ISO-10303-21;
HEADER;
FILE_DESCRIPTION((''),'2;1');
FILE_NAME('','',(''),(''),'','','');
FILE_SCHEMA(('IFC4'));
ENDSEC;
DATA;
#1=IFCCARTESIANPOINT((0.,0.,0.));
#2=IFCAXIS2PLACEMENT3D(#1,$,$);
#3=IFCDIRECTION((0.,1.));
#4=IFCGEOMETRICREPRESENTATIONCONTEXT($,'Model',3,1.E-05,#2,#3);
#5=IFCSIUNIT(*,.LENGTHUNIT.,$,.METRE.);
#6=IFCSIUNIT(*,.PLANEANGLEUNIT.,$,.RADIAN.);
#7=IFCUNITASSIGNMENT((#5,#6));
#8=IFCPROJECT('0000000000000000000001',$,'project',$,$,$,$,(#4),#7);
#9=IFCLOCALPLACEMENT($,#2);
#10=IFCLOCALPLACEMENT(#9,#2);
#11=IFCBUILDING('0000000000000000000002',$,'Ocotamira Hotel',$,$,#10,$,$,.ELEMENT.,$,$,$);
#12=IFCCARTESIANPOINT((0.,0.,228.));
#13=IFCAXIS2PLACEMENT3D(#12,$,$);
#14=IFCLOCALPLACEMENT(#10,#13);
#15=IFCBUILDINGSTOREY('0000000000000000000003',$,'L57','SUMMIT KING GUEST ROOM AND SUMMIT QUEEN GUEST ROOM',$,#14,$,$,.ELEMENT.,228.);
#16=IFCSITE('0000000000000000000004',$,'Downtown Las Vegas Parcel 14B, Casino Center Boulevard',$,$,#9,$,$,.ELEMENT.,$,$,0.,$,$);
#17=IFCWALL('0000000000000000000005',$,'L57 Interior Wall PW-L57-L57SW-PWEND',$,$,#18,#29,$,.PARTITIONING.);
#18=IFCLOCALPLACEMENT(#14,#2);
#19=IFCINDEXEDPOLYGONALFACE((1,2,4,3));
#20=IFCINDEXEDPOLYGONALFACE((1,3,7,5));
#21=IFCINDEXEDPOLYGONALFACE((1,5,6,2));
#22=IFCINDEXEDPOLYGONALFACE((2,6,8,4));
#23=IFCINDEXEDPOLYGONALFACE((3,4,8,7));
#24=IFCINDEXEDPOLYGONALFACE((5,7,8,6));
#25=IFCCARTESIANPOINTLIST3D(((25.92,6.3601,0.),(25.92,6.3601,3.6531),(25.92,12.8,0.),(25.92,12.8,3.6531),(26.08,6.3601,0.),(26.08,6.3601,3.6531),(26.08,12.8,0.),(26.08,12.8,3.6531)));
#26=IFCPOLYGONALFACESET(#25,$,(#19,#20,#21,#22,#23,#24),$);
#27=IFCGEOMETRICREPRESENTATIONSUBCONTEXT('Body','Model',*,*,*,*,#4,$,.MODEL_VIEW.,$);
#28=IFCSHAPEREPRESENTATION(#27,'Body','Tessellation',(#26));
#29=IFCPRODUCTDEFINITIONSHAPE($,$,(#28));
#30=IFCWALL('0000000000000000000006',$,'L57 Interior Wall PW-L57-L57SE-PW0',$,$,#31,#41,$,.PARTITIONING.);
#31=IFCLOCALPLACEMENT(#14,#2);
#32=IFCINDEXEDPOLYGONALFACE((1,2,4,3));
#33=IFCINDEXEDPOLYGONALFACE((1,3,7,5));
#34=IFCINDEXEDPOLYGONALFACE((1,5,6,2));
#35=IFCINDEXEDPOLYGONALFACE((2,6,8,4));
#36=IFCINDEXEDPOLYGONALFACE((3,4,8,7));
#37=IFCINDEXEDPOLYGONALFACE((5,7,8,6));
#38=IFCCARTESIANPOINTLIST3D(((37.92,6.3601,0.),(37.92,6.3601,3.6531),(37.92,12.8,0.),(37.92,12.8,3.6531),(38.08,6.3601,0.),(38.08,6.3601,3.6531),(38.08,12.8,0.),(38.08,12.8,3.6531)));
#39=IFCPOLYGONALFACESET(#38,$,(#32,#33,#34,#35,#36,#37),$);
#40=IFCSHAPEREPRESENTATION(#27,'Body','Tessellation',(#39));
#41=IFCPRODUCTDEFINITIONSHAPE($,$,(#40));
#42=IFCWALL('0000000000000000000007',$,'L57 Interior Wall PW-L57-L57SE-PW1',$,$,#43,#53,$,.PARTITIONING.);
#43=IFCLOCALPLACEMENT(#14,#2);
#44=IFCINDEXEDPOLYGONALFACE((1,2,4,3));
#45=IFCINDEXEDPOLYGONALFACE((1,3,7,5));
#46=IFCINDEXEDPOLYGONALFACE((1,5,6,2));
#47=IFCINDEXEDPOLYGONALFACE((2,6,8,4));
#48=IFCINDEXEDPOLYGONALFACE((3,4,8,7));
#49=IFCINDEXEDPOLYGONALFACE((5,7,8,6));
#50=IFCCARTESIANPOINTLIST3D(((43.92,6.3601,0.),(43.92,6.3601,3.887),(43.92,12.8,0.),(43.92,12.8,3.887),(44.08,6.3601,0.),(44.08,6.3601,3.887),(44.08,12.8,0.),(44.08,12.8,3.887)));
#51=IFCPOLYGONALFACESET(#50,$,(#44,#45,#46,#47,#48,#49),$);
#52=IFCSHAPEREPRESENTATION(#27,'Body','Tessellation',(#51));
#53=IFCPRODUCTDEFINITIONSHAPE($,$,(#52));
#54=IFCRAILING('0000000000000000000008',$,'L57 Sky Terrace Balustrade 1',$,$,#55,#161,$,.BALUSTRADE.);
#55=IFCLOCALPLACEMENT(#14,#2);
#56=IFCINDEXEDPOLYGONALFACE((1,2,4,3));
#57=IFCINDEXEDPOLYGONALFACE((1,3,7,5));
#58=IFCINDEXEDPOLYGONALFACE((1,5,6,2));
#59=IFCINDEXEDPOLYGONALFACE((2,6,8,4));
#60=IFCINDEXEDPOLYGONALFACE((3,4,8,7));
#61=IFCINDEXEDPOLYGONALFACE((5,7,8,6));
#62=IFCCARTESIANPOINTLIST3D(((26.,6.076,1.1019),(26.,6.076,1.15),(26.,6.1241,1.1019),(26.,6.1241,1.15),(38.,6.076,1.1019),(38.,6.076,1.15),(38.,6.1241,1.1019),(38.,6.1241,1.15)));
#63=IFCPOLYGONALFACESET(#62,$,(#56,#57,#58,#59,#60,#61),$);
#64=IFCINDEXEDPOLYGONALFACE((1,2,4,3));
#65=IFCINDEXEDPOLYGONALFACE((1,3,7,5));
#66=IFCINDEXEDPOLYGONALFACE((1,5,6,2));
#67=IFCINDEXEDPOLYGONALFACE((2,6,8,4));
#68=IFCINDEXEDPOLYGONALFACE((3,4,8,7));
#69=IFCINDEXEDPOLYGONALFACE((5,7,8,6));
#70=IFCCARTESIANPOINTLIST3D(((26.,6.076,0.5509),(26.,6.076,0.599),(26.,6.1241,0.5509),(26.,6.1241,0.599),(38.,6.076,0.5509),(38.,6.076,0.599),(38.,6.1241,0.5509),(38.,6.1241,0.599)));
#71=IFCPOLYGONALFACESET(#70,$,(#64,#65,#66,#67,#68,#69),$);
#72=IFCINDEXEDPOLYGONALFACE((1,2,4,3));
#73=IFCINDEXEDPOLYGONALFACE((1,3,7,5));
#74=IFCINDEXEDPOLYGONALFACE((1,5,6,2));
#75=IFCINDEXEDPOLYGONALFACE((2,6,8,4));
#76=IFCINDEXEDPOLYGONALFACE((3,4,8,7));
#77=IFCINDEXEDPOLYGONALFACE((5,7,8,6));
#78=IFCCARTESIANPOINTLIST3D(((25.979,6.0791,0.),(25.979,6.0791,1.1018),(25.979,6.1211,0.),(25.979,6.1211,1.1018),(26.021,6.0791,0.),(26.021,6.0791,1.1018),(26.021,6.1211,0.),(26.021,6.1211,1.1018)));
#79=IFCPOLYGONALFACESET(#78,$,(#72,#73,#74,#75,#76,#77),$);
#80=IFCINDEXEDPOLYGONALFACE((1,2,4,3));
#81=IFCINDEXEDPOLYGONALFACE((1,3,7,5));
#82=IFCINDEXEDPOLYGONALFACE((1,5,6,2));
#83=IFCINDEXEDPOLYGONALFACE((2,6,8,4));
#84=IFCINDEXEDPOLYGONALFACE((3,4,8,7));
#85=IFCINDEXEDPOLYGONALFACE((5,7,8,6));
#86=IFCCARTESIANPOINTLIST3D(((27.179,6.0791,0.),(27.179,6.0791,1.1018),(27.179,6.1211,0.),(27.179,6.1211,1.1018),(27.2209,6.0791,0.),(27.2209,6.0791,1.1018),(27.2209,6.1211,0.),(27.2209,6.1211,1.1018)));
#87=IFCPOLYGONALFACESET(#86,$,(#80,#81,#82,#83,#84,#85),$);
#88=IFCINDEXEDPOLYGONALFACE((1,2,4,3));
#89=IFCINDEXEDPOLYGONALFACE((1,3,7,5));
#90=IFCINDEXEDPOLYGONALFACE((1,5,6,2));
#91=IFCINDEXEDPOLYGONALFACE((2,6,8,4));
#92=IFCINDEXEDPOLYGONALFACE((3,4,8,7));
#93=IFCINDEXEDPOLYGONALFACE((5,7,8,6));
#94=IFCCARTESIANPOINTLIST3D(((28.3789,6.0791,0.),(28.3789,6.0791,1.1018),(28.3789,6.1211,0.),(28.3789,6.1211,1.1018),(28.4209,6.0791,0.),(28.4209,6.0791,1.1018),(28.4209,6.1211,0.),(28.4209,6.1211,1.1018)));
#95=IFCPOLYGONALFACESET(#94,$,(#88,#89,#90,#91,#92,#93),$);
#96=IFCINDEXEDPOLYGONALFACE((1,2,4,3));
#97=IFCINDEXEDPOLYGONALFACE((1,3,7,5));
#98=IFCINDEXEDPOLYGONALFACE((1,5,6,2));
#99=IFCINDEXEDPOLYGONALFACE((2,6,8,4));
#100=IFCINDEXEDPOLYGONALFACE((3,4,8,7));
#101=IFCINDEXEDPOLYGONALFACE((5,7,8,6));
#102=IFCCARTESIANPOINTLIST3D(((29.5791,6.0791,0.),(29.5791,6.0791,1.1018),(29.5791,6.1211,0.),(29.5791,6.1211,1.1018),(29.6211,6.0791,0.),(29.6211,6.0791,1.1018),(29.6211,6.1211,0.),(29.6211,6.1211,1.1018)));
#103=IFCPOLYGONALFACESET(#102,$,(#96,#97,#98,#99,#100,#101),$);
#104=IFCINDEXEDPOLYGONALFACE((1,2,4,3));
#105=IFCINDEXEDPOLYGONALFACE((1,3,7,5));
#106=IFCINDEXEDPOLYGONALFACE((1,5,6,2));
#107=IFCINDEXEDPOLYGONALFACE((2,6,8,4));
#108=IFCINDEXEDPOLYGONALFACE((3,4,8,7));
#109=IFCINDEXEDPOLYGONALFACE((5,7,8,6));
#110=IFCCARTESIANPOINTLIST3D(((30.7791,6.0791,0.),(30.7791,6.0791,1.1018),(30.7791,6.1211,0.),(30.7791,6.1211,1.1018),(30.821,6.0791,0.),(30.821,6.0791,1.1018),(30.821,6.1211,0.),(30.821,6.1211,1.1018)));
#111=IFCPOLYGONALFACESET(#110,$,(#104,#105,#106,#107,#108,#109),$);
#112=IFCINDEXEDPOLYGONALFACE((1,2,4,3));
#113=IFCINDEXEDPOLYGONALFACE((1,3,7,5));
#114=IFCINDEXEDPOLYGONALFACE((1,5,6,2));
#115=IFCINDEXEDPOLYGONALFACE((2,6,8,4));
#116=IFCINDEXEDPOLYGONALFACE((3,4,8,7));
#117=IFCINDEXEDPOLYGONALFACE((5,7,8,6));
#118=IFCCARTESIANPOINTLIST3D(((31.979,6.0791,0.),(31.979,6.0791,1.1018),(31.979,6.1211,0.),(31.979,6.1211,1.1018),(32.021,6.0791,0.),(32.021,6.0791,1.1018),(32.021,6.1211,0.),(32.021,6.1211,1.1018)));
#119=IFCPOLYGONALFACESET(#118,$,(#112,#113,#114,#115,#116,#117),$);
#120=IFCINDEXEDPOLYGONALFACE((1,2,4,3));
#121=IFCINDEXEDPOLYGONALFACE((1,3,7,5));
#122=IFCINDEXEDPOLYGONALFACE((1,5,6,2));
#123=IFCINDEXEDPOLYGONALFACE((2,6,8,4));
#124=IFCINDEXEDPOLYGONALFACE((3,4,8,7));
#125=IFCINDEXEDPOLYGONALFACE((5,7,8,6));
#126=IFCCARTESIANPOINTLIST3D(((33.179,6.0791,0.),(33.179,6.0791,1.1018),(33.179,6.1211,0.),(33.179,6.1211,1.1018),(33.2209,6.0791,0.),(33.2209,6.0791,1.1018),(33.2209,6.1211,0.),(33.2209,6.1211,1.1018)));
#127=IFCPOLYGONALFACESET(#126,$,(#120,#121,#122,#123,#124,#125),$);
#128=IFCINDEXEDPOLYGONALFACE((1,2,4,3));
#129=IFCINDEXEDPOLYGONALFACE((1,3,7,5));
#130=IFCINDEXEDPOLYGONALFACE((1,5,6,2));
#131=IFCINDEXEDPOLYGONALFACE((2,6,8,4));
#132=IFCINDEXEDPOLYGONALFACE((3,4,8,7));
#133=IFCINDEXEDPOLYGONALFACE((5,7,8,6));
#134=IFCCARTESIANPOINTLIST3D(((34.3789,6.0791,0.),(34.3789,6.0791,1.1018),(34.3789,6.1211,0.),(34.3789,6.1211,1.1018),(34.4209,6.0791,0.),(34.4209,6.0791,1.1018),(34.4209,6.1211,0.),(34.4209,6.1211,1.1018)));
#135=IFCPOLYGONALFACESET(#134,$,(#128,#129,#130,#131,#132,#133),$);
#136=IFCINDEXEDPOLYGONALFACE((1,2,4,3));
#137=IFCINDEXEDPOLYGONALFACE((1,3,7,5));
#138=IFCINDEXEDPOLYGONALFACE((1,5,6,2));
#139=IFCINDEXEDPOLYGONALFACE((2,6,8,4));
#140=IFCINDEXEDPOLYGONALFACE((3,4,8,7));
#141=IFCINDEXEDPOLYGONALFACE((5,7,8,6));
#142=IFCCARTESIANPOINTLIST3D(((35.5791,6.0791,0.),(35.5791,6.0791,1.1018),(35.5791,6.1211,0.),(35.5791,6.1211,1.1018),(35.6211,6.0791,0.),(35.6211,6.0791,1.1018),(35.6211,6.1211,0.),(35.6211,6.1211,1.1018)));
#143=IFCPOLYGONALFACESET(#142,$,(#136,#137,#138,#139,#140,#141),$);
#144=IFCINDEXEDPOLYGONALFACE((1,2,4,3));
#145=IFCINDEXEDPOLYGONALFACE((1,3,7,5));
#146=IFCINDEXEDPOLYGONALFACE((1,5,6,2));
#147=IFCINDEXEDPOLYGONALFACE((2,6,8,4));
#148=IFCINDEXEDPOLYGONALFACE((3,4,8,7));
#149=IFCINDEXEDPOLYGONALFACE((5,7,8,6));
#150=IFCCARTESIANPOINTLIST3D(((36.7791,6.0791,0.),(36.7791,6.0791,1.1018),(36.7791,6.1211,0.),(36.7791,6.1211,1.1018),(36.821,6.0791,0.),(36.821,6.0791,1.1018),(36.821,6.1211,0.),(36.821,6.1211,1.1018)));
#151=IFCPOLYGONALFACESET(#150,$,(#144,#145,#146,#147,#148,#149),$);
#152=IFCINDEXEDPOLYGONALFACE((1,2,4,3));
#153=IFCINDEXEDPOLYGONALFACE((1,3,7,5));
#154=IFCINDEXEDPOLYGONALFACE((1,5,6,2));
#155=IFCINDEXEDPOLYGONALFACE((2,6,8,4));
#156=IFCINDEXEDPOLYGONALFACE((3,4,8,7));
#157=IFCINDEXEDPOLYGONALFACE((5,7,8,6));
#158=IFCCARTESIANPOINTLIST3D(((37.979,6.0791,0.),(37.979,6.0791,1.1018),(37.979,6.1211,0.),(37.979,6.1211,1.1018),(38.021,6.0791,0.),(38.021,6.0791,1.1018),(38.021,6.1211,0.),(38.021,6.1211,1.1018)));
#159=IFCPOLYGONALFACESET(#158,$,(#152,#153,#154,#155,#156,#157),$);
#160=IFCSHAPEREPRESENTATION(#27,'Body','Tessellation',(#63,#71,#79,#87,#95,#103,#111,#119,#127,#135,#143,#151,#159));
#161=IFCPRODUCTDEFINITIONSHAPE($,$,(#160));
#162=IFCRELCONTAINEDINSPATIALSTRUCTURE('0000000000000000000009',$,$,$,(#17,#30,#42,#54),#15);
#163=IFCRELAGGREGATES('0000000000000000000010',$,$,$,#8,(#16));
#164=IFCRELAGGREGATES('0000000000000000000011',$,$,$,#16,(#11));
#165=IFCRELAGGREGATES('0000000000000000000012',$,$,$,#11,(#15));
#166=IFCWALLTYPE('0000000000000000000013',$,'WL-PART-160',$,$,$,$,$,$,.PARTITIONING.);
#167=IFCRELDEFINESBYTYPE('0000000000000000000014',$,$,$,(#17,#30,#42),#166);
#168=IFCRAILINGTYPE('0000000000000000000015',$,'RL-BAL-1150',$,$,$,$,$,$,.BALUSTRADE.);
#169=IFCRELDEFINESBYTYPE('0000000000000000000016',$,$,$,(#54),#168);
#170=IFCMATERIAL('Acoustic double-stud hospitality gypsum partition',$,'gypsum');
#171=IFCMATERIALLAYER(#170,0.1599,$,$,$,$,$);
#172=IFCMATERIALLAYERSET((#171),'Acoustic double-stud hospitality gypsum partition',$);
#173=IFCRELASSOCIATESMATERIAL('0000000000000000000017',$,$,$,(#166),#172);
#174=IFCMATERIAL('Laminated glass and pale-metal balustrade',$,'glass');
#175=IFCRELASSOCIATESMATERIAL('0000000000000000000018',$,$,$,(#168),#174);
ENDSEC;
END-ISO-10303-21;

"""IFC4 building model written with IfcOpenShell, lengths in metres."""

from ifc_helpers import new_model, si_unit, direction, frame, frame_2d, origin, origin_2d, place, context, subcontext, project, spatial, rectangle, extrude, material, layer, layer_set, type_object, element, save


model = new_model("IFC4")

# Units and contexts
model_context = context("Model", 3, precision=1e-05, world=origin(), true_north=direction((0.0, 1.0)))
body_context = subcontext(model_context, "Body", "Model", "MODEL_VIEW")
ifc_project = project(units=[si_unit("LENGTHUNIT", "METRE"), si_unit("PLANEANGLEUNIT", "RADIAN")], contexts=[model_context])

# Site, building, storey
site_placement = place(None, origin())
site = spatial("IfcSite", under=ifc_project, at=site_placement, Name="Downtown Las Vegas Parcel 14B, Casino Center Boulevard", CompositionType="ELEMENT", RefElevation=0.0)
building_placement = place(site_placement, origin())
building = spatial("IfcBuilding", under=site, at=building_placement, Name="Ocotamira Hotel", CompositionType="ELEMENT")
storey_placement = place(building_placement, frame((0.0, 0.0, 228.0)))
storey = spatial("IfcBuildingStorey", under=building, at=storey_placement, Name="L57", Description="SUMMIT KING GUEST ROOM AND SUMMIT QUEEN GUEST ROOM", CompositionType="ELEMENT", Elevation=228.0)

# Walls
ifc_material_1 = material(Name="Acoustic double-stud hospitality gypsum partition", Category="gypsum")
ifc_layer_1 = layer(ifc_material_1, 0.1599)
ifc_layer_set_1 = layer_set([ifc_layer_1], Name="Acoustic double-stud hospitality gypsum partition")
wall_type_1 = type_object("IfcWallType", Name="WL-PART-160", PredefinedType="PARTITIONING", material=ifc_layer_set_1)
for number, where, z_axis, x_axis, name in (
    (1, (26.0, 6.3601, 0.0), (0.0, 0.0, 1.0), (0.0, 1.0, 0.0), "L57 Interior Wall PW-L57-L57SW-PWEND"),
    (2, (38.0, 6.3601, 0.0), (0.0, 0.0, 1.0), (0.0, 1.0, 0.0), "L57 Interior Wall PW-L57-L57SE-PW0"),
):
    element("IfcWall", number, at=place(storey_placement, frame(where, z_axis=z_axis, x_axis=x_axis)), inside=storey, type_object=wall_type_1, Name=name, PredefinedType="PARTITIONING", context=body_context, shape_type="SweptSolid", body=[
        extrude(rectangle(XDim=6.4399, YDim=0.1599, at=frame_2d((3.22, 0.0))), origin(), (0.0, 0.0, 1.0), 3.6531),
    ])
wall_placement = place(storey_placement, frame((44.0, 6.3601, 0.0), z_axis=(0.0, 0.0, 1.0), x_axis=(0.0, 1.0, 0.0)))
element("IfcWall", 3, at=wall_placement, inside=storey, type_object=wall_type_1, Name="L57 Interior Wall PW-L57-L57SE-PW1", PredefinedType="PARTITIONING", context=body_context, shape_type="SweptSolid", body=[
    extrude(rectangle(XDim=6.4399, YDim=0.1599, at=frame_2d((3.22, 0.0))), origin(), (0.0, 0.0, 1.0), 3.887),
])

# Railing
ifc_material_2 = material(Name="Laminated glass and pale-metal balustrade", Category="glass")
railing_type = type_object("IfcRailingType", Name="RL-BAL-1150", PredefinedType="BALUSTRADE", material=ifc_material_2)
railing_placement = place(storey_placement, frame((26.0, 6.1001, 0.0)))
element("IfcRailing", 4, at=railing_placement, inside=storey, type_object=railing_type, Name="L57 Sky Terrace Balustrade 1", PredefinedType="BALUSTRADE", context=body_context, shape_type="SweptSolid", body=[
    extrude(rectangle(XDim=0.0481, YDim=0.0481, at=origin_2d()), frame((0.0, 0.0, 1.126), z_axis=(1.0, 0.0, 0.0), x_axis=(0.0, 1.0, 0.0)), (0.0, 0.0, 1.0), 12.0),
    extrude(rectangle(XDim=0.0481, YDim=0.0481, at=origin_2d()), frame((0.0, 0.0, 0.575), z_axis=(1.0, 0.0, 0.0), x_axis=(0.0, 1.0, 0.0)), (0.0, 0.0, 1.0), 12.0),
    extrude(rectangle(XDim=0.042, YDim=0.042, at=origin_2d()), origin(), (0.0, 0.0, 1.0), 1.1018),
    extrude(rectangle(XDim=0.042, YDim=0.042, at=origin_2d()), frame((1.2, 0.0, 0.0)), (0.0, 0.0, 1.0), 1.1018),
    extrude(rectangle(XDim=0.042, YDim=0.042, at=origin_2d()), frame((2.3999, 0.0, 0.0)), (0.0, 0.0, 1.0), 1.1018),
    extrude(rectangle(XDim=0.042, YDim=0.042, at=origin_2d()), frame((3.6001, 0.0, 0.0)), (0.0, 0.0, 1.0), 1.1018),
    extrude(rectangle(XDim=0.042, YDim=0.042, at=origin_2d()), frame((4.8, 0.0, 0.0)), (0.0, 0.0, 1.0), 1.1018),
    extrude(rectangle(XDim=0.042, YDim=0.042, at=origin_2d()), frame((6.0, 0.0, 0.0)), (0.0, 0.0, 1.0), 1.1018),
    extrude(rectangle(XDim=0.042, YDim=0.042, at=origin_2d()), frame((7.2, 0.0, 0.0)), (0.0, 0.0, 1.0), 1.1018),
    extrude(rectangle(XDim=0.042, YDim=0.042, at=origin_2d()), frame((8.3999, 0.0, 0.0)), (0.0, 0.0, 1.0), 1.1018),
    extrude(rectangle(XDim=0.042, YDim=0.042, at=origin_2d()), frame((9.6001, 0.0, 0.0)), (0.0, 0.0, 1.0), 1.1018),
    extrude(rectangle(XDim=0.042, YDim=0.042, at=origin_2d()), frame((10.8, 0.0, 0.0)), (0.0, 0.0, 1.0), 1.1018),
    extrude(rectangle(XDim=0.042, YDim=0.042, at=origin_2d()), frame((12.0, 0.0, 0.0)), (0.0, 0.0, 1.0), 1.1018),
])

save(model, "model.ifc")
